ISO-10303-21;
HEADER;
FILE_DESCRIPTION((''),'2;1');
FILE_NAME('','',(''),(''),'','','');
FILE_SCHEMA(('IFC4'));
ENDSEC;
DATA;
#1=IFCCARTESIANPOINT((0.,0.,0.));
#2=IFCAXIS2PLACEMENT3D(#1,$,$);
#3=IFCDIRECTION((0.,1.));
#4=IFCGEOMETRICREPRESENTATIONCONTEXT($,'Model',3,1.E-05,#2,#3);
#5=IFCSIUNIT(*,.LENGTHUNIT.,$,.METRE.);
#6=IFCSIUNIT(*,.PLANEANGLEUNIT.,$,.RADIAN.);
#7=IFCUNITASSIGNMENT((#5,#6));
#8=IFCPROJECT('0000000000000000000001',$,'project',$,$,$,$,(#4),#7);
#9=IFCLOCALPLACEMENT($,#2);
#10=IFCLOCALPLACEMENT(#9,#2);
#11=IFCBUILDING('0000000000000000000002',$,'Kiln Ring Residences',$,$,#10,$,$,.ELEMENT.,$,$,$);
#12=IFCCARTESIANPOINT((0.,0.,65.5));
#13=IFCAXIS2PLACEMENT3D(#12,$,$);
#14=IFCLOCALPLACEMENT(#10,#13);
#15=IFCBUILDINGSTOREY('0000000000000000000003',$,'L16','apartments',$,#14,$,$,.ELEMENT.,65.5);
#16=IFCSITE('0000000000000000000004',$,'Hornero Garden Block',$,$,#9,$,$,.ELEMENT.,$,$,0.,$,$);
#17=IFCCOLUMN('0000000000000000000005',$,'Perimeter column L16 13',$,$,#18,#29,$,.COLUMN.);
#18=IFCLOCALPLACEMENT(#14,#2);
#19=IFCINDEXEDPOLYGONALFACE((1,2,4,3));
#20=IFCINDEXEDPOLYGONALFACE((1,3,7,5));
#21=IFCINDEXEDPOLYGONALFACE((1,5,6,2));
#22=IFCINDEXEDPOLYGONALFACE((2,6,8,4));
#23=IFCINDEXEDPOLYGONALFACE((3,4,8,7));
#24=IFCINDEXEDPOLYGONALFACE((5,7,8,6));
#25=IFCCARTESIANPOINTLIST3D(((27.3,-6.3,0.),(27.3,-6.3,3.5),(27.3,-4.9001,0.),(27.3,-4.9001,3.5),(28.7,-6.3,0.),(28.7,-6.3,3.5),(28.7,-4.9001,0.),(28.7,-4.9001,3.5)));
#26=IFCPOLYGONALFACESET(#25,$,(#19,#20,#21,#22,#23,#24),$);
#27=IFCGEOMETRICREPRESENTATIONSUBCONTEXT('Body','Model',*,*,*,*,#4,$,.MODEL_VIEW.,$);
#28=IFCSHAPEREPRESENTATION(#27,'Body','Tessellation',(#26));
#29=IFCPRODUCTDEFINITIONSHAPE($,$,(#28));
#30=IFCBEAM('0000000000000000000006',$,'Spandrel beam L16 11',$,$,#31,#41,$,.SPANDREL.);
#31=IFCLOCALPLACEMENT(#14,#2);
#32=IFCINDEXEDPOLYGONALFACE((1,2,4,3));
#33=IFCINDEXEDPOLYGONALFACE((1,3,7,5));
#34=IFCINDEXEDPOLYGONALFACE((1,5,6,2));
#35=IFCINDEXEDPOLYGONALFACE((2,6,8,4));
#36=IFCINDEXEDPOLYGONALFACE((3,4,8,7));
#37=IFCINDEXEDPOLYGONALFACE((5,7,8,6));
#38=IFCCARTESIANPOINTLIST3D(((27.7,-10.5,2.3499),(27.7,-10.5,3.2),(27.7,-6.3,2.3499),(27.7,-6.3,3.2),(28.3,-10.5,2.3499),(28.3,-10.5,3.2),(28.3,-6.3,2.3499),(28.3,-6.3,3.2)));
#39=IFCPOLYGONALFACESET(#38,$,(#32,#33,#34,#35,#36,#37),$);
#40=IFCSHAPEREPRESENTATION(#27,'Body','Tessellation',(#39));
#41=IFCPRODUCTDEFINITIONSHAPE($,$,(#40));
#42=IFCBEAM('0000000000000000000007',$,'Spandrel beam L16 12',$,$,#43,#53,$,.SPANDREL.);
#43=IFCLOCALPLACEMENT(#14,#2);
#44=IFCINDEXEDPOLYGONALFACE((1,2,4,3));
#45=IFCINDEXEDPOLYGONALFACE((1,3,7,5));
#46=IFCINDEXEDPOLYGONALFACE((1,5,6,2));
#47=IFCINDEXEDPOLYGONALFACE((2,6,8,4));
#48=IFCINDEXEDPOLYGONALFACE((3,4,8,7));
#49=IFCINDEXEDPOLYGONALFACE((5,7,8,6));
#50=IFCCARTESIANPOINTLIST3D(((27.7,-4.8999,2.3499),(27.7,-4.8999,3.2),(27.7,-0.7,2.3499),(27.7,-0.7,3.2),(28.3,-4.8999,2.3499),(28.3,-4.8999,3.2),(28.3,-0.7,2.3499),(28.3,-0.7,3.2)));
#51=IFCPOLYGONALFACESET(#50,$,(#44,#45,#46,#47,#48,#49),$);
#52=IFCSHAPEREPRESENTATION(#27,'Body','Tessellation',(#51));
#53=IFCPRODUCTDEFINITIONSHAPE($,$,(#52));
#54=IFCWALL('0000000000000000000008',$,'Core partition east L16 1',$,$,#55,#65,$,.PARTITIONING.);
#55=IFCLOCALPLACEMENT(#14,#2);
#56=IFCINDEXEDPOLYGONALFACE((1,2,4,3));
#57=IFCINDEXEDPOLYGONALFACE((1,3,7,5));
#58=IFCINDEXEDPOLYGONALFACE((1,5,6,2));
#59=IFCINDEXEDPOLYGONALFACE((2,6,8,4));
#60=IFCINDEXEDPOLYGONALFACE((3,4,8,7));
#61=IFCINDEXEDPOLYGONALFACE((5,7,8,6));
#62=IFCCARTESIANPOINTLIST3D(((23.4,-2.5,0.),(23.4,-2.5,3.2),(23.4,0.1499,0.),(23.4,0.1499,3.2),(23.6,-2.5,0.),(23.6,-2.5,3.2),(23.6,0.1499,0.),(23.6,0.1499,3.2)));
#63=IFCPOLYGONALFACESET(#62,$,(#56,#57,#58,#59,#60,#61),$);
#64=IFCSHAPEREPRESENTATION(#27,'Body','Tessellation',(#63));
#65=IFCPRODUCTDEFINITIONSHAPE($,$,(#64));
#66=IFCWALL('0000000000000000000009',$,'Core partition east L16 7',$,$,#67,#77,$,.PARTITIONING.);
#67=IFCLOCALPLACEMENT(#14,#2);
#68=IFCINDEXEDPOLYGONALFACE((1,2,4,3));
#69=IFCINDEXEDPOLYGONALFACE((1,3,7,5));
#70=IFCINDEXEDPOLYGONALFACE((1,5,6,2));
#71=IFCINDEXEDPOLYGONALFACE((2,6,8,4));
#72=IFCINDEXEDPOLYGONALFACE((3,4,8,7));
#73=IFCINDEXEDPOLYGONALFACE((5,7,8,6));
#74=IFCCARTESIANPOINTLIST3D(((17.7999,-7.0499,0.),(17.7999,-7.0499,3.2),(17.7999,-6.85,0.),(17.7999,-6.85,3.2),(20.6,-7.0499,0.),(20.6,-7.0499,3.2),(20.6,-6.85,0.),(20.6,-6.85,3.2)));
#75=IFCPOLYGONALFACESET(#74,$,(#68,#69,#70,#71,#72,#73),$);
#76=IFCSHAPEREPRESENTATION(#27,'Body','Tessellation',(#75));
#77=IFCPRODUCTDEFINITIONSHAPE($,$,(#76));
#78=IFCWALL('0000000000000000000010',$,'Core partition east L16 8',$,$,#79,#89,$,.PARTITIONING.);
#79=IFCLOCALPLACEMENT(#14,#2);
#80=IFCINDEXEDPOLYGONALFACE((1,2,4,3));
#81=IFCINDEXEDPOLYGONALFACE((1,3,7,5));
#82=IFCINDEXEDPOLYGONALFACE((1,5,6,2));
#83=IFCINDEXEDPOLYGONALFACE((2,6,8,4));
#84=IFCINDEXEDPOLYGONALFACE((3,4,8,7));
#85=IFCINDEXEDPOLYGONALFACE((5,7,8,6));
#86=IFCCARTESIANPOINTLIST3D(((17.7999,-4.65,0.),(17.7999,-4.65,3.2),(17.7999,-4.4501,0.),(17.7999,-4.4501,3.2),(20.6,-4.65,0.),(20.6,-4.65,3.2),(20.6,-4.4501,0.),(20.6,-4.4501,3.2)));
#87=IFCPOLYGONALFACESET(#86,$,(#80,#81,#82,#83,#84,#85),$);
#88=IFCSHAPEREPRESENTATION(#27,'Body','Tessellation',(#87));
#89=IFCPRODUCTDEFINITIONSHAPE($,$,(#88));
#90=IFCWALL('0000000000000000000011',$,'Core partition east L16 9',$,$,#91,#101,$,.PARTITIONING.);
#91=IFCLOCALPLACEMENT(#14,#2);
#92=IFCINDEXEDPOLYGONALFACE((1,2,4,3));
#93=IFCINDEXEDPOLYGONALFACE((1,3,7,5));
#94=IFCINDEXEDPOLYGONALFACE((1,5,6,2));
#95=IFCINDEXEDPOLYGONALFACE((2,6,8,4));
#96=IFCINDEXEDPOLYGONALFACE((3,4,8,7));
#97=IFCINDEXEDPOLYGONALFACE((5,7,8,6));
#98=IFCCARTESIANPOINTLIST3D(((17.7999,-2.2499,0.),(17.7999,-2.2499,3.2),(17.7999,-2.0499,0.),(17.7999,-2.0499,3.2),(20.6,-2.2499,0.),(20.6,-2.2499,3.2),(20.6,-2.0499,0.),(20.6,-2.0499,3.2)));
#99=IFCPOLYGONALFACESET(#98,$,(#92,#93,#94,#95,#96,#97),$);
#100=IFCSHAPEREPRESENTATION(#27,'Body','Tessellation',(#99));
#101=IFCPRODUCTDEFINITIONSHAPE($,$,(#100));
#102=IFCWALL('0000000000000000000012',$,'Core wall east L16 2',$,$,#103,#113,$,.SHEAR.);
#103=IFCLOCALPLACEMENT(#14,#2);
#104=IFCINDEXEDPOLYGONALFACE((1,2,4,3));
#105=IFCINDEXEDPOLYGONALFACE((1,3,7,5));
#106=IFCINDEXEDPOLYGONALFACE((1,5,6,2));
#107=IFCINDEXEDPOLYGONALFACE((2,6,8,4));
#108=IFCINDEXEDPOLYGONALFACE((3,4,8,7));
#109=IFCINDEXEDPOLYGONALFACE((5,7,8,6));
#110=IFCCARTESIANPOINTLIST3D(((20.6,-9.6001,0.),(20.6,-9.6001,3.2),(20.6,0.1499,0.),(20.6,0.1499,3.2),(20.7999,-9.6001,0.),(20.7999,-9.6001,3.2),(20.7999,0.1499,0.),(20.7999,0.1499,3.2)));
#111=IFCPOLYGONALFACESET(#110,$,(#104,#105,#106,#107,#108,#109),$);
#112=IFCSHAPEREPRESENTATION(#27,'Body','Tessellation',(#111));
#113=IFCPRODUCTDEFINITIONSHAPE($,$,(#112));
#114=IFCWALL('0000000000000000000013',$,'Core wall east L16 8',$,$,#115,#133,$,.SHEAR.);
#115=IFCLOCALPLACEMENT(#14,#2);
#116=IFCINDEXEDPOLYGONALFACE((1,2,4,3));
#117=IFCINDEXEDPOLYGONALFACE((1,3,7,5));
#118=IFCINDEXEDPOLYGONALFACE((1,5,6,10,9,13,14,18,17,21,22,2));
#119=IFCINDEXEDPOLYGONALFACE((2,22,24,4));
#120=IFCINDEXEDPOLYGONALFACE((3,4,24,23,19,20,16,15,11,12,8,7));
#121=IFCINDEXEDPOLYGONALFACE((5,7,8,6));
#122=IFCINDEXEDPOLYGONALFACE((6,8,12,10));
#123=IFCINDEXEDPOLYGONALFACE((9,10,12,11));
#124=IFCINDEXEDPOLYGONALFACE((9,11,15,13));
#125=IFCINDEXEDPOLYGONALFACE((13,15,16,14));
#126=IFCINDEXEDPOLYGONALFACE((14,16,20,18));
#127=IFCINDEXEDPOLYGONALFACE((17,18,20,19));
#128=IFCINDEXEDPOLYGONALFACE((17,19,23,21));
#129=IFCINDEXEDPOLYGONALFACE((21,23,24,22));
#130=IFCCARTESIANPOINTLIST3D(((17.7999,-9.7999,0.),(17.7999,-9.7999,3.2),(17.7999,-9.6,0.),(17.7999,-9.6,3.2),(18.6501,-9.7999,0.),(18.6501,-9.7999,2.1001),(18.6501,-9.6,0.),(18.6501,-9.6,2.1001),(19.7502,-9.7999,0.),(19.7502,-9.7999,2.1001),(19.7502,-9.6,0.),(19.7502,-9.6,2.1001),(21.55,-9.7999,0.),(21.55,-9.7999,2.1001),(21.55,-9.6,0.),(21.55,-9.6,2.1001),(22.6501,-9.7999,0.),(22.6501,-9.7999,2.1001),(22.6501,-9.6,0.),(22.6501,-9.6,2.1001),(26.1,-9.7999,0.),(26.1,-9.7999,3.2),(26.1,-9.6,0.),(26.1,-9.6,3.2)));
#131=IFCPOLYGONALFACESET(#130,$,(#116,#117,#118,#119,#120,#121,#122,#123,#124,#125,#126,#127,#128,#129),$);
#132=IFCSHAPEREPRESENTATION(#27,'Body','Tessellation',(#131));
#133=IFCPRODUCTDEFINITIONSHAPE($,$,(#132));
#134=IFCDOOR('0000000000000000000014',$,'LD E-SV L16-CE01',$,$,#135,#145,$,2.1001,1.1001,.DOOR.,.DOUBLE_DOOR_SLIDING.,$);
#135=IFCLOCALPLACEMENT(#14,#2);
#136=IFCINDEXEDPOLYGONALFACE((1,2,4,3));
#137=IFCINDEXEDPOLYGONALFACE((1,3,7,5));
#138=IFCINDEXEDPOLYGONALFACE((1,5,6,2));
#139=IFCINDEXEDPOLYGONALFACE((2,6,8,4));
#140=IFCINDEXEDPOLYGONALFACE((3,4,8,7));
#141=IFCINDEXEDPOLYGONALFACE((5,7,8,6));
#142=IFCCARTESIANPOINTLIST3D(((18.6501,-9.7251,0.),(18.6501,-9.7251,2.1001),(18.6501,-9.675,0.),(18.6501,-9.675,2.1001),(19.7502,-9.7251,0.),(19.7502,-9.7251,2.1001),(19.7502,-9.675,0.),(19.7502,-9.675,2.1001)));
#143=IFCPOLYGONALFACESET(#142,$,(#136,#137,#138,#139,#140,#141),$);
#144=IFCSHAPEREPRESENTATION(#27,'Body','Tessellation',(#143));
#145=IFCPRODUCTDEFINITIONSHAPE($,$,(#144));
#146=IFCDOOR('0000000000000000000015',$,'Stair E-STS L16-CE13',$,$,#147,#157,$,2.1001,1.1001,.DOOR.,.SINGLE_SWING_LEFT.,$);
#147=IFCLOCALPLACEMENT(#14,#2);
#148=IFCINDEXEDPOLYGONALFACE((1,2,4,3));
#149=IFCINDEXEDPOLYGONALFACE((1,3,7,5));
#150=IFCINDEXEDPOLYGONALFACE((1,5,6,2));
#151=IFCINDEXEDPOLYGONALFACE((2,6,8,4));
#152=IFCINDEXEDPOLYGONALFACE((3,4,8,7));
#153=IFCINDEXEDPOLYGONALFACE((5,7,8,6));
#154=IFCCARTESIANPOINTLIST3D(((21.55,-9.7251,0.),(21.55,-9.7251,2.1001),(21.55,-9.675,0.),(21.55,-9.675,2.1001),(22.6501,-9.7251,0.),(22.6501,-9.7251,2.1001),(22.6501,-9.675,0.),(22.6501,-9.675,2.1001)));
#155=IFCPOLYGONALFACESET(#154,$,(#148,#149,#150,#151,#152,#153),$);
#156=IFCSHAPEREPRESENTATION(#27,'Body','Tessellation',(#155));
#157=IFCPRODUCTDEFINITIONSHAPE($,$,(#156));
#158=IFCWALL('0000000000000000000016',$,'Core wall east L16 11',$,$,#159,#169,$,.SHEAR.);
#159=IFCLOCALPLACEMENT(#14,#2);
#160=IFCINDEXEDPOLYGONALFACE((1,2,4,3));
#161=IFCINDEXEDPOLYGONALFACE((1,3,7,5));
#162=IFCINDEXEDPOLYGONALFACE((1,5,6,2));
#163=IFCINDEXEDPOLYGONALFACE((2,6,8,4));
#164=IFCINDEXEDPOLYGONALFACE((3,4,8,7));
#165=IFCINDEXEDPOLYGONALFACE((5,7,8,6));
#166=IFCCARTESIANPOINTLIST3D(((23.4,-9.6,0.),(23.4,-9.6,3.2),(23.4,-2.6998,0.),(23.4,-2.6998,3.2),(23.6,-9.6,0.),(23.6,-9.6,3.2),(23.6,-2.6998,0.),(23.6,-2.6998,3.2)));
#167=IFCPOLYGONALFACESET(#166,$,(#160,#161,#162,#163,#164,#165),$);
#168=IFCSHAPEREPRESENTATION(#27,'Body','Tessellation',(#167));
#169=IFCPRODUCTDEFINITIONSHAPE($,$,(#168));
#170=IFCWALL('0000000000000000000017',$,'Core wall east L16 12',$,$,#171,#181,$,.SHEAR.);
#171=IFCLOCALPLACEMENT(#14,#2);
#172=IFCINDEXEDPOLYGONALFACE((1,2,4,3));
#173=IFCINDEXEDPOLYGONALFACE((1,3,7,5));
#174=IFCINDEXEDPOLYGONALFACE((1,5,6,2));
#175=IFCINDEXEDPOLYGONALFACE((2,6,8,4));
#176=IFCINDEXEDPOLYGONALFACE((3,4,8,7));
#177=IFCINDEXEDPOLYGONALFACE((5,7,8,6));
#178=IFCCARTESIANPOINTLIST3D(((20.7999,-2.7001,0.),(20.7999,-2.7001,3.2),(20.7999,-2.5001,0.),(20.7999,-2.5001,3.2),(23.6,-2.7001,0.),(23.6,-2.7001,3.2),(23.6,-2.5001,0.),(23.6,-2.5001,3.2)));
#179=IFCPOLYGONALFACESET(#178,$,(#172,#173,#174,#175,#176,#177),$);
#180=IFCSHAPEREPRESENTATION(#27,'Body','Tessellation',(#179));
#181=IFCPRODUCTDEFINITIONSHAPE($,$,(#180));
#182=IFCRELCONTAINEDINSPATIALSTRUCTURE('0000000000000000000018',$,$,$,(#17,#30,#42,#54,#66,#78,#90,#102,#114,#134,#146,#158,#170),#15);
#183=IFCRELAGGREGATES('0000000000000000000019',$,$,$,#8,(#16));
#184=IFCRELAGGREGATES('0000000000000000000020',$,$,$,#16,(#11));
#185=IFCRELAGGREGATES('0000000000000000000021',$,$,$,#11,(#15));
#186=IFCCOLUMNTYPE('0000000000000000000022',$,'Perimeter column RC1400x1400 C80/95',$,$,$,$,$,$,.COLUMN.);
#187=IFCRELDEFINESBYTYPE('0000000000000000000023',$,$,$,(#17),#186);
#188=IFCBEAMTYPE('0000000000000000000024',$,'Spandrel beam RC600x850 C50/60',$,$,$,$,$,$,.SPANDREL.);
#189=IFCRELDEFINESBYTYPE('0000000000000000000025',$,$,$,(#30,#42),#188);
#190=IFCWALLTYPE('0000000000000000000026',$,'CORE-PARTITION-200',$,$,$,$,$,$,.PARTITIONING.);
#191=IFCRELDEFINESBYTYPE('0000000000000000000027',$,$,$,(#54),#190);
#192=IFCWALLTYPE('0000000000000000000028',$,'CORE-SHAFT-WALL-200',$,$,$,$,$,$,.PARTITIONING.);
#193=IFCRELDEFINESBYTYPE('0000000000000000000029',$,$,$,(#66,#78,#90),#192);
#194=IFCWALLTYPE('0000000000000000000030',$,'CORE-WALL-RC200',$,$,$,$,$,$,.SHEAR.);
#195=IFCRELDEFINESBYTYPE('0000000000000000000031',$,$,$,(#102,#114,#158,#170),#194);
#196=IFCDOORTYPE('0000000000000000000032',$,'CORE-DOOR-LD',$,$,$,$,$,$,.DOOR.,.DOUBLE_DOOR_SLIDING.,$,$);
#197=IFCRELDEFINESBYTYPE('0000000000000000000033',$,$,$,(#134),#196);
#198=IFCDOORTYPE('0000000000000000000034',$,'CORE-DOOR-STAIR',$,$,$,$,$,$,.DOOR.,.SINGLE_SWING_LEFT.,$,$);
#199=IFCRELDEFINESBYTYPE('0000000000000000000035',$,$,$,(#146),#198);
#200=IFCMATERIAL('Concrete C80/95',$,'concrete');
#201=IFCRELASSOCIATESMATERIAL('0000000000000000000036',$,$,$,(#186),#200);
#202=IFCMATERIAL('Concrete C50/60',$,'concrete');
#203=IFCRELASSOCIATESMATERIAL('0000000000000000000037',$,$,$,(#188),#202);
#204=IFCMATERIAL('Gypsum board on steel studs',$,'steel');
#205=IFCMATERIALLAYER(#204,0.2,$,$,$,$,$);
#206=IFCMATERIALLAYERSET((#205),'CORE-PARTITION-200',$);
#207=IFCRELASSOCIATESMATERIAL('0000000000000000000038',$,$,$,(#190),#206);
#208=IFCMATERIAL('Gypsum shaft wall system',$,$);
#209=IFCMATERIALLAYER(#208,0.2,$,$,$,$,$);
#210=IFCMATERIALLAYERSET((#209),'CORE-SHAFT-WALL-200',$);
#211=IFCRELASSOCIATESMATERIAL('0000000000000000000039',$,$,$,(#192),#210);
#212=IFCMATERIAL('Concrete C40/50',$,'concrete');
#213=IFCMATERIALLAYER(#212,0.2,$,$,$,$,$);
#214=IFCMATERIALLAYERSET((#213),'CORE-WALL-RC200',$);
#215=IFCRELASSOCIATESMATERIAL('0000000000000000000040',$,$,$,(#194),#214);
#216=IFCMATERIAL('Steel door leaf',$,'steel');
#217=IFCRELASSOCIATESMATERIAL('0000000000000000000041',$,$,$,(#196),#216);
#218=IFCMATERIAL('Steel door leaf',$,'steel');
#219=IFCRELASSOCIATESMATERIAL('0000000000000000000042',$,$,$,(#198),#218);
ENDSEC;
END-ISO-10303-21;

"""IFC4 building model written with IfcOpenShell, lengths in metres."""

from ifc_helpers import new_model, si_unit, direction, frame, frame_2d, origin, origin_2d, place, context, subcontext, project, spatial, rectangle, extrude, material, layer, layer_set, material_profile, profile_set, type_object, element, fill, save


model = new_model("IFC4")

# Units and contexts
model_context = context("Model", 3, precision=1e-05, world=origin(), true_north=direction((0.0, 1.0)))
body_context = subcontext(model_context, "Body", "Model", "MODEL_VIEW")
ifc_project = project(units=[si_unit("LENGTHUNIT", "METRE"), si_unit("PLANEANGLEUNIT", "RADIAN")], contexts=[model_context])

# Site, building, storey
site_placement = place(None, origin())
site = spatial("IfcSite", under=ifc_project, at=site_placement, Name="Hornero Garden Block", CompositionType="ELEMENT", RefElevation=0.0)
building_placement = place(site_placement, origin())
building = spatial("IfcBuilding", under=site, at=building_placement, Name="Kiln Ring Residences", CompositionType="ELEMENT")
storey_placement = place(building_placement, frame((0.0, 0.0, 65.5)))
storey = spatial("IfcBuildingStorey", under=building, at=storey_placement, Name="L16", Description="apartments", CompositionType="ELEMENT", Elevation=65.5)

# Column
ifc_material_1 = material(Name="Concrete C80/95", Category="concrete")
ifc_material_profile_1 = material_profile(ifc_material_1, rectangle(XDim=1.3999, YDim=1.3999, at=origin_2d()), Name="RC1400x1400")
ifc_profile_set_1 = profile_set([ifc_material_profile_1], Name="Concrete C80/95")
column_type = type_object("IfcColumnType", Name="Perimeter column RC1400x1400 C80/95", PredefinedType="COLUMN", material=ifc_profile_set_1)
column_placement = place(storey_placement, frame((28.0, -5.6001, 0.0), z_axis=(0.0, 0.0, 1.0), x_axis=(1.0, 0.0, 0.0)))
element("IfcColumn", 1, at=column_placement, inside=storey, type_object=column_type, Name="Perimeter column L16 13", PredefinedType="COLUMN", context=body_context, shape_type="SweptSolid", body=[
    extrude(rectangle(XDim=1.3999, YDim=1.3999, at=origin_2d()), origin(), (0.0, 0.0, 1.0), 3.5),
])

# Beams
ifc_material_2 = material(Name="Concrete C50/60", Category="concrete")
ifc_material_profile_2 = material_profile(ifc_material_2, rectangle(XDim=0.6001, YDim=0.8501, at=origin_2d()), Name="RC600x850")
ifc_profile_set_2 = profile_set([ifc_material_profile_2], Name="Concrete C50/60")
beam_type = type_object("IfcBeamType", Name="Spandrel beam RC600x850 C50/60", PredefinedType="SPANDREL", material=ifc_profile_set_2)
for number, where, z_axis, x_axis, name in (
    (2, (28.0, -10.5, 2.7749), (0.0, 1.0, 0.0), (-1.0, 0.0, 0.0), "Spandrel beam L16 11"),
    (3, (28.0, -4.8999, 2.7749), (0.0, 1.0, 0.0), (-1.0, 0.0, 0.0), "Spandrel beam L16 12"),
):
    element("IfcBeam", number, at=place(storey_placement, frame(where, z_axis=z_axis, x_axis=x_axis)), inside=storey, type_object=beam_type, Name=name, PredefinedType="SPANDREL", context=body_context, shape_type="SweptSolid", body=[
        extrude(rectangle(XDim=0.6001, YDim=0.8501, at=origin_2d()), origin(), (0.0, 0.0, 1.0), 4.2),
    ])

# Walls
ifc_material_3 = material(Name="Gypsum board on steel studs", Category="steel")
ifc_layer_1 = layer(ifc_material_3, 0.2)
ifc_layer_set_1 = layer_set([ifc_layer_1], Name="CORE-PARTITION-200")
wall_type_1 = type_object("IfcWallType", Name="CORE-PARTITION-200", PredefinedType="PARTITIONING", material=ifc_layer_set_1)
wall_1_placement = place(storey_placement, frame((23.5, -2.5, 0.0), z_axis=(0.0, 0.0, 1.0), x_axis=(0.0, 1.0, 0.0)))
element("IfcWall", 4, at=wall_1_placement, inside=storey, type_object=wall_type_1, Name="Core partition east L16 1", PredefinedType="PARTITIONING", context=body_context, shape_type="SweptSolid", body=[
    extrude(rectangle(XDim=2.6499, YDim=0.2, at=frame_2d((1.325, 0.0))), origin(), (0.0, 0.0, 1.0), 3.2),
])
ifc_material_4 = material(Name="Gypsum shaft wall system")
ifc_layer_2 = layer(ifc_material_4, 0.2)
ifc_layer_set_2 = layer_set([ifc_layer_2], Name="CORE-SHAFT-WALL-200")
wall_type_2 = type_object("IfcWallType", Name="CORE-SHAFT-WALL-200", PredefinedType="PARTITIONING", material=ifc_layer_set_2)
for number, where, z_axis, x_axis, name in (
    (5, (17.8, -6.95, 0.0), (0.0, 0.0, 1.0), (1.0, 0.0, 0.0), "Core partition east L16 7"),
    (6, (17.8, -4.55, 0.0), (0.0, 0.0, 1.0), (1.0, 0.0, 0.0), "Core partition east L16 8"),
    (7, (17.8, -2.1499, 0.0), (0.0, 0.0, 1.0), (1.0, 0.0, 0.0), "Core partition east L16 9"),
):
    element("IfcWall", number, at=place(storey_placement, frame(where, z_axis=z_axis, x_axis=x_axis)), inside=storey, type_object=wall_type_2, Name=name, PredefinedType="PARTITIONING", context=body_context, shape_type="SweptSolid", body=[
        extrude(rectangle(XDim=2.8, YDim=0.2, at=frame_2d((1.3999, 0.0))), origin(), (0.0, 0.0, 1.0), 3.2),
    ])
ifc_material_5 = material(Name="Concrete C40/50", Category="concrete")
ifc_layer_3 = layer(ifc_material_5, 0.2)
ifc_layer_set_3 = layer_set([ifc_layer_3], Name="CORE-WALL-RC200")
wall_type_3 = type_object("IfcWallType", Name="CORE-WALL-RC200", PredefinedType="SHEAR", material=ifc_layer_set_3)
wall_2_placement = place(storey_placement, frame((20.7, -9.6001, 0.0), z_axis=(0.0, 0.0, 1.0), x_axis=(0.0, 1.0, 0.0)))
element("IfcWall", 8, at=wall_2_placement, inside=storey, type_object=wall_type_3, Name="Core wall east L16 2", PredefinedType="SHEAR", context=body_context, shape_type="SweptSolid", body=[
    extrude(rectangle(XDim=9.75, YDim=0.2, at=frame_2d((4.875, 0.0))), origin(), (0.0, 0.0, 1.0), 3.2),
])

# Wall, openings, doors
wall_3_placement = place(storey_placement, frame((17.8, -9.7, 0.0), z_axis=(0.0, 0.0, 1.0), x_axis=(1.0, 0.0, 0.0)))
wall_3 = element("IfcWall", 9, at=wall_3_placement, inside=storey, type_object=wall_type_3, Name="Core wall east L16 8", PredefinedType="SHEAR", context=body_context, shape_type="SweptSolid", body=[
    extrude(rectangle(XDim=8.3, YDim=0.2, at=frame_2d((4.1499, 0.0))), origin(), (0.0, 0.0, 1.0), 3.2),
])
opening_1_placement = place(wall_3_placement, frame((0.8501, 0.0, 0.0)))
opening_1 = element("IfcOpeningElement", 10, at=opening_1_placement, cuts=wall_3, PredefinedType="OPENING", context=body_context, shape_type="SweptSolid", body=[
    extrude(rectangle(XDim=1.1001, YDim=2.1001, at=frame_2d((0.55, 1.05))), frame((0.0, 0.1099, 0.0), z_axis=(0.0, -1.0, 0.0), x_axis=(1.0, 0.0, 0.0)), (0.0, 0.0, 1.0), 0.22),
])
opening_2_placement = place(wall_3_placement, frame((3.75, 0.0, 0.0)))
opening_2 = element("IfcOpeningElement", 11, at=opening_2_placement, cuts=wall_3, PredefinedType="OPENING", context=body_context, shape_type="SweptSolid", body=[
    extrude(rectangle(XDim=1.1001, YDim=2.1001, at=frame_2d((0.55, 1.05))), frame((0.0, 0.1099, 0.0), z_axis=(0.0, -1.0, 0.0), x_axis=(1.0, 0.0, 0.0)), (0.0, 0.0, 1.0), 0.22),
])
ifc_material_6 = material(Name="Steel door leaf", Category="steel")
door_type_1 = type_object("IfcDoorType", Name="CORE-DOOR-LD", OperationType="DOUBLE_DOOR_SLIDING", PredefinedType="DOOR", material=ifc_material_6)
door_1_placement = place(opening_1_placement, origin())
door_1 = element("IfcDoor", 12, at=door_1_placement, inside=storey, type_object=door_type_1, Name="LD E-SV L16-CE01", OperationType="DOUBLE_DOOR_SLIDING", OverallHeight=2.1001, OverallWidth=1.1001, PredefinedType="DOOR", context=body_context, shape_type="SweptSolid", body=[
    extrude(rectangle(XDim=1.1001, YDim=2.1001, at=frame_2d((0.55, 1.05))), frame((0.0, 0.0249, 0.0), z_axis=(0.0, -1.0, 0.0), x_axis=(1.0, 0.0, 0.0)), (0.0, 0.0, 1.0), 0.05),
])
fill(opening_1, door_1)
ifc_material_7 = material(Name="Steel door leaf", Category="steel")
door_type_2 = type_object("IfcDoorType", Name="CORE-DOOR-STAIR", OperationType="SINGLE_SWING_LEFT", PredefinedType="DOOR", material=ifc_material_7)
door_2_placement = place(opening_2_placement, origin())
door_2 = element("IfcDoor", 13, at=door_2_placement, inside=storey, type_object=door_type_2, Name="Stair E-STS L16-CE13", OperationType="SINGLE_SWING_LEFT", OverallHeight=2.1001, OverallWidth=1.1001, PredefinedType="DOOR", context=body_context, shape_type="SweptSolid", body=[
    extrude(rectangle(XDim=1.1001, YDim=2.1001, at=frame_2d((0.55, 1.05))), frame((0.0, 0.0249, 0.0), z_axis=(0.0, -1.0, 0.0), x_axis=(1.0, 0.0, 0.0)), (0.0, 0.0, 1.0), 0.05),
])
fill(opening_2, door_2)

# Walls
wall_4_placement = place(storey_placement, frame((23.5, -9.6001, 0.0), z_axis=(0.0, 0.0, 1.0), x_axis=(0.0, 1.0, 0.0)))
element("IfcWall", 14, at=wall_4_placement, inside=storey, type_object=wall_type_3, Name="Core wall east L16 11", PredefinedType="SHEAR", context=body_context, shape_type="SweptSolid", body=[
    extrude(rectangle(XDim=6.9001, YDim=0.2, at=frame_2d((3.4502, 0.0))), origin(), (0.0, 0.0, 1.0), 3.2),
])
wall_5_placement = place(storey_placement, frame((20.8, -2.6001, 0.0), z_axis=(0.0, 0.0, 1.0), x_axis=(1.0, 0.0, 0.0)))
element("IfcWall", 15, at=wall_5_placement, inside=storey, type_object=wall_type_3, Name="Core wall east L16 12", PredefinedType="SHEAR", context=body_context, shape_type="SweptSolid", body=[
    extrude(rectangle(XDim=2.8, YDim=0.2, at=frame_2d((1.3999, 0.0))), origin(), (0.0, 0.0, 1.0), 3.2),
])

save(model, "model.ifc")
